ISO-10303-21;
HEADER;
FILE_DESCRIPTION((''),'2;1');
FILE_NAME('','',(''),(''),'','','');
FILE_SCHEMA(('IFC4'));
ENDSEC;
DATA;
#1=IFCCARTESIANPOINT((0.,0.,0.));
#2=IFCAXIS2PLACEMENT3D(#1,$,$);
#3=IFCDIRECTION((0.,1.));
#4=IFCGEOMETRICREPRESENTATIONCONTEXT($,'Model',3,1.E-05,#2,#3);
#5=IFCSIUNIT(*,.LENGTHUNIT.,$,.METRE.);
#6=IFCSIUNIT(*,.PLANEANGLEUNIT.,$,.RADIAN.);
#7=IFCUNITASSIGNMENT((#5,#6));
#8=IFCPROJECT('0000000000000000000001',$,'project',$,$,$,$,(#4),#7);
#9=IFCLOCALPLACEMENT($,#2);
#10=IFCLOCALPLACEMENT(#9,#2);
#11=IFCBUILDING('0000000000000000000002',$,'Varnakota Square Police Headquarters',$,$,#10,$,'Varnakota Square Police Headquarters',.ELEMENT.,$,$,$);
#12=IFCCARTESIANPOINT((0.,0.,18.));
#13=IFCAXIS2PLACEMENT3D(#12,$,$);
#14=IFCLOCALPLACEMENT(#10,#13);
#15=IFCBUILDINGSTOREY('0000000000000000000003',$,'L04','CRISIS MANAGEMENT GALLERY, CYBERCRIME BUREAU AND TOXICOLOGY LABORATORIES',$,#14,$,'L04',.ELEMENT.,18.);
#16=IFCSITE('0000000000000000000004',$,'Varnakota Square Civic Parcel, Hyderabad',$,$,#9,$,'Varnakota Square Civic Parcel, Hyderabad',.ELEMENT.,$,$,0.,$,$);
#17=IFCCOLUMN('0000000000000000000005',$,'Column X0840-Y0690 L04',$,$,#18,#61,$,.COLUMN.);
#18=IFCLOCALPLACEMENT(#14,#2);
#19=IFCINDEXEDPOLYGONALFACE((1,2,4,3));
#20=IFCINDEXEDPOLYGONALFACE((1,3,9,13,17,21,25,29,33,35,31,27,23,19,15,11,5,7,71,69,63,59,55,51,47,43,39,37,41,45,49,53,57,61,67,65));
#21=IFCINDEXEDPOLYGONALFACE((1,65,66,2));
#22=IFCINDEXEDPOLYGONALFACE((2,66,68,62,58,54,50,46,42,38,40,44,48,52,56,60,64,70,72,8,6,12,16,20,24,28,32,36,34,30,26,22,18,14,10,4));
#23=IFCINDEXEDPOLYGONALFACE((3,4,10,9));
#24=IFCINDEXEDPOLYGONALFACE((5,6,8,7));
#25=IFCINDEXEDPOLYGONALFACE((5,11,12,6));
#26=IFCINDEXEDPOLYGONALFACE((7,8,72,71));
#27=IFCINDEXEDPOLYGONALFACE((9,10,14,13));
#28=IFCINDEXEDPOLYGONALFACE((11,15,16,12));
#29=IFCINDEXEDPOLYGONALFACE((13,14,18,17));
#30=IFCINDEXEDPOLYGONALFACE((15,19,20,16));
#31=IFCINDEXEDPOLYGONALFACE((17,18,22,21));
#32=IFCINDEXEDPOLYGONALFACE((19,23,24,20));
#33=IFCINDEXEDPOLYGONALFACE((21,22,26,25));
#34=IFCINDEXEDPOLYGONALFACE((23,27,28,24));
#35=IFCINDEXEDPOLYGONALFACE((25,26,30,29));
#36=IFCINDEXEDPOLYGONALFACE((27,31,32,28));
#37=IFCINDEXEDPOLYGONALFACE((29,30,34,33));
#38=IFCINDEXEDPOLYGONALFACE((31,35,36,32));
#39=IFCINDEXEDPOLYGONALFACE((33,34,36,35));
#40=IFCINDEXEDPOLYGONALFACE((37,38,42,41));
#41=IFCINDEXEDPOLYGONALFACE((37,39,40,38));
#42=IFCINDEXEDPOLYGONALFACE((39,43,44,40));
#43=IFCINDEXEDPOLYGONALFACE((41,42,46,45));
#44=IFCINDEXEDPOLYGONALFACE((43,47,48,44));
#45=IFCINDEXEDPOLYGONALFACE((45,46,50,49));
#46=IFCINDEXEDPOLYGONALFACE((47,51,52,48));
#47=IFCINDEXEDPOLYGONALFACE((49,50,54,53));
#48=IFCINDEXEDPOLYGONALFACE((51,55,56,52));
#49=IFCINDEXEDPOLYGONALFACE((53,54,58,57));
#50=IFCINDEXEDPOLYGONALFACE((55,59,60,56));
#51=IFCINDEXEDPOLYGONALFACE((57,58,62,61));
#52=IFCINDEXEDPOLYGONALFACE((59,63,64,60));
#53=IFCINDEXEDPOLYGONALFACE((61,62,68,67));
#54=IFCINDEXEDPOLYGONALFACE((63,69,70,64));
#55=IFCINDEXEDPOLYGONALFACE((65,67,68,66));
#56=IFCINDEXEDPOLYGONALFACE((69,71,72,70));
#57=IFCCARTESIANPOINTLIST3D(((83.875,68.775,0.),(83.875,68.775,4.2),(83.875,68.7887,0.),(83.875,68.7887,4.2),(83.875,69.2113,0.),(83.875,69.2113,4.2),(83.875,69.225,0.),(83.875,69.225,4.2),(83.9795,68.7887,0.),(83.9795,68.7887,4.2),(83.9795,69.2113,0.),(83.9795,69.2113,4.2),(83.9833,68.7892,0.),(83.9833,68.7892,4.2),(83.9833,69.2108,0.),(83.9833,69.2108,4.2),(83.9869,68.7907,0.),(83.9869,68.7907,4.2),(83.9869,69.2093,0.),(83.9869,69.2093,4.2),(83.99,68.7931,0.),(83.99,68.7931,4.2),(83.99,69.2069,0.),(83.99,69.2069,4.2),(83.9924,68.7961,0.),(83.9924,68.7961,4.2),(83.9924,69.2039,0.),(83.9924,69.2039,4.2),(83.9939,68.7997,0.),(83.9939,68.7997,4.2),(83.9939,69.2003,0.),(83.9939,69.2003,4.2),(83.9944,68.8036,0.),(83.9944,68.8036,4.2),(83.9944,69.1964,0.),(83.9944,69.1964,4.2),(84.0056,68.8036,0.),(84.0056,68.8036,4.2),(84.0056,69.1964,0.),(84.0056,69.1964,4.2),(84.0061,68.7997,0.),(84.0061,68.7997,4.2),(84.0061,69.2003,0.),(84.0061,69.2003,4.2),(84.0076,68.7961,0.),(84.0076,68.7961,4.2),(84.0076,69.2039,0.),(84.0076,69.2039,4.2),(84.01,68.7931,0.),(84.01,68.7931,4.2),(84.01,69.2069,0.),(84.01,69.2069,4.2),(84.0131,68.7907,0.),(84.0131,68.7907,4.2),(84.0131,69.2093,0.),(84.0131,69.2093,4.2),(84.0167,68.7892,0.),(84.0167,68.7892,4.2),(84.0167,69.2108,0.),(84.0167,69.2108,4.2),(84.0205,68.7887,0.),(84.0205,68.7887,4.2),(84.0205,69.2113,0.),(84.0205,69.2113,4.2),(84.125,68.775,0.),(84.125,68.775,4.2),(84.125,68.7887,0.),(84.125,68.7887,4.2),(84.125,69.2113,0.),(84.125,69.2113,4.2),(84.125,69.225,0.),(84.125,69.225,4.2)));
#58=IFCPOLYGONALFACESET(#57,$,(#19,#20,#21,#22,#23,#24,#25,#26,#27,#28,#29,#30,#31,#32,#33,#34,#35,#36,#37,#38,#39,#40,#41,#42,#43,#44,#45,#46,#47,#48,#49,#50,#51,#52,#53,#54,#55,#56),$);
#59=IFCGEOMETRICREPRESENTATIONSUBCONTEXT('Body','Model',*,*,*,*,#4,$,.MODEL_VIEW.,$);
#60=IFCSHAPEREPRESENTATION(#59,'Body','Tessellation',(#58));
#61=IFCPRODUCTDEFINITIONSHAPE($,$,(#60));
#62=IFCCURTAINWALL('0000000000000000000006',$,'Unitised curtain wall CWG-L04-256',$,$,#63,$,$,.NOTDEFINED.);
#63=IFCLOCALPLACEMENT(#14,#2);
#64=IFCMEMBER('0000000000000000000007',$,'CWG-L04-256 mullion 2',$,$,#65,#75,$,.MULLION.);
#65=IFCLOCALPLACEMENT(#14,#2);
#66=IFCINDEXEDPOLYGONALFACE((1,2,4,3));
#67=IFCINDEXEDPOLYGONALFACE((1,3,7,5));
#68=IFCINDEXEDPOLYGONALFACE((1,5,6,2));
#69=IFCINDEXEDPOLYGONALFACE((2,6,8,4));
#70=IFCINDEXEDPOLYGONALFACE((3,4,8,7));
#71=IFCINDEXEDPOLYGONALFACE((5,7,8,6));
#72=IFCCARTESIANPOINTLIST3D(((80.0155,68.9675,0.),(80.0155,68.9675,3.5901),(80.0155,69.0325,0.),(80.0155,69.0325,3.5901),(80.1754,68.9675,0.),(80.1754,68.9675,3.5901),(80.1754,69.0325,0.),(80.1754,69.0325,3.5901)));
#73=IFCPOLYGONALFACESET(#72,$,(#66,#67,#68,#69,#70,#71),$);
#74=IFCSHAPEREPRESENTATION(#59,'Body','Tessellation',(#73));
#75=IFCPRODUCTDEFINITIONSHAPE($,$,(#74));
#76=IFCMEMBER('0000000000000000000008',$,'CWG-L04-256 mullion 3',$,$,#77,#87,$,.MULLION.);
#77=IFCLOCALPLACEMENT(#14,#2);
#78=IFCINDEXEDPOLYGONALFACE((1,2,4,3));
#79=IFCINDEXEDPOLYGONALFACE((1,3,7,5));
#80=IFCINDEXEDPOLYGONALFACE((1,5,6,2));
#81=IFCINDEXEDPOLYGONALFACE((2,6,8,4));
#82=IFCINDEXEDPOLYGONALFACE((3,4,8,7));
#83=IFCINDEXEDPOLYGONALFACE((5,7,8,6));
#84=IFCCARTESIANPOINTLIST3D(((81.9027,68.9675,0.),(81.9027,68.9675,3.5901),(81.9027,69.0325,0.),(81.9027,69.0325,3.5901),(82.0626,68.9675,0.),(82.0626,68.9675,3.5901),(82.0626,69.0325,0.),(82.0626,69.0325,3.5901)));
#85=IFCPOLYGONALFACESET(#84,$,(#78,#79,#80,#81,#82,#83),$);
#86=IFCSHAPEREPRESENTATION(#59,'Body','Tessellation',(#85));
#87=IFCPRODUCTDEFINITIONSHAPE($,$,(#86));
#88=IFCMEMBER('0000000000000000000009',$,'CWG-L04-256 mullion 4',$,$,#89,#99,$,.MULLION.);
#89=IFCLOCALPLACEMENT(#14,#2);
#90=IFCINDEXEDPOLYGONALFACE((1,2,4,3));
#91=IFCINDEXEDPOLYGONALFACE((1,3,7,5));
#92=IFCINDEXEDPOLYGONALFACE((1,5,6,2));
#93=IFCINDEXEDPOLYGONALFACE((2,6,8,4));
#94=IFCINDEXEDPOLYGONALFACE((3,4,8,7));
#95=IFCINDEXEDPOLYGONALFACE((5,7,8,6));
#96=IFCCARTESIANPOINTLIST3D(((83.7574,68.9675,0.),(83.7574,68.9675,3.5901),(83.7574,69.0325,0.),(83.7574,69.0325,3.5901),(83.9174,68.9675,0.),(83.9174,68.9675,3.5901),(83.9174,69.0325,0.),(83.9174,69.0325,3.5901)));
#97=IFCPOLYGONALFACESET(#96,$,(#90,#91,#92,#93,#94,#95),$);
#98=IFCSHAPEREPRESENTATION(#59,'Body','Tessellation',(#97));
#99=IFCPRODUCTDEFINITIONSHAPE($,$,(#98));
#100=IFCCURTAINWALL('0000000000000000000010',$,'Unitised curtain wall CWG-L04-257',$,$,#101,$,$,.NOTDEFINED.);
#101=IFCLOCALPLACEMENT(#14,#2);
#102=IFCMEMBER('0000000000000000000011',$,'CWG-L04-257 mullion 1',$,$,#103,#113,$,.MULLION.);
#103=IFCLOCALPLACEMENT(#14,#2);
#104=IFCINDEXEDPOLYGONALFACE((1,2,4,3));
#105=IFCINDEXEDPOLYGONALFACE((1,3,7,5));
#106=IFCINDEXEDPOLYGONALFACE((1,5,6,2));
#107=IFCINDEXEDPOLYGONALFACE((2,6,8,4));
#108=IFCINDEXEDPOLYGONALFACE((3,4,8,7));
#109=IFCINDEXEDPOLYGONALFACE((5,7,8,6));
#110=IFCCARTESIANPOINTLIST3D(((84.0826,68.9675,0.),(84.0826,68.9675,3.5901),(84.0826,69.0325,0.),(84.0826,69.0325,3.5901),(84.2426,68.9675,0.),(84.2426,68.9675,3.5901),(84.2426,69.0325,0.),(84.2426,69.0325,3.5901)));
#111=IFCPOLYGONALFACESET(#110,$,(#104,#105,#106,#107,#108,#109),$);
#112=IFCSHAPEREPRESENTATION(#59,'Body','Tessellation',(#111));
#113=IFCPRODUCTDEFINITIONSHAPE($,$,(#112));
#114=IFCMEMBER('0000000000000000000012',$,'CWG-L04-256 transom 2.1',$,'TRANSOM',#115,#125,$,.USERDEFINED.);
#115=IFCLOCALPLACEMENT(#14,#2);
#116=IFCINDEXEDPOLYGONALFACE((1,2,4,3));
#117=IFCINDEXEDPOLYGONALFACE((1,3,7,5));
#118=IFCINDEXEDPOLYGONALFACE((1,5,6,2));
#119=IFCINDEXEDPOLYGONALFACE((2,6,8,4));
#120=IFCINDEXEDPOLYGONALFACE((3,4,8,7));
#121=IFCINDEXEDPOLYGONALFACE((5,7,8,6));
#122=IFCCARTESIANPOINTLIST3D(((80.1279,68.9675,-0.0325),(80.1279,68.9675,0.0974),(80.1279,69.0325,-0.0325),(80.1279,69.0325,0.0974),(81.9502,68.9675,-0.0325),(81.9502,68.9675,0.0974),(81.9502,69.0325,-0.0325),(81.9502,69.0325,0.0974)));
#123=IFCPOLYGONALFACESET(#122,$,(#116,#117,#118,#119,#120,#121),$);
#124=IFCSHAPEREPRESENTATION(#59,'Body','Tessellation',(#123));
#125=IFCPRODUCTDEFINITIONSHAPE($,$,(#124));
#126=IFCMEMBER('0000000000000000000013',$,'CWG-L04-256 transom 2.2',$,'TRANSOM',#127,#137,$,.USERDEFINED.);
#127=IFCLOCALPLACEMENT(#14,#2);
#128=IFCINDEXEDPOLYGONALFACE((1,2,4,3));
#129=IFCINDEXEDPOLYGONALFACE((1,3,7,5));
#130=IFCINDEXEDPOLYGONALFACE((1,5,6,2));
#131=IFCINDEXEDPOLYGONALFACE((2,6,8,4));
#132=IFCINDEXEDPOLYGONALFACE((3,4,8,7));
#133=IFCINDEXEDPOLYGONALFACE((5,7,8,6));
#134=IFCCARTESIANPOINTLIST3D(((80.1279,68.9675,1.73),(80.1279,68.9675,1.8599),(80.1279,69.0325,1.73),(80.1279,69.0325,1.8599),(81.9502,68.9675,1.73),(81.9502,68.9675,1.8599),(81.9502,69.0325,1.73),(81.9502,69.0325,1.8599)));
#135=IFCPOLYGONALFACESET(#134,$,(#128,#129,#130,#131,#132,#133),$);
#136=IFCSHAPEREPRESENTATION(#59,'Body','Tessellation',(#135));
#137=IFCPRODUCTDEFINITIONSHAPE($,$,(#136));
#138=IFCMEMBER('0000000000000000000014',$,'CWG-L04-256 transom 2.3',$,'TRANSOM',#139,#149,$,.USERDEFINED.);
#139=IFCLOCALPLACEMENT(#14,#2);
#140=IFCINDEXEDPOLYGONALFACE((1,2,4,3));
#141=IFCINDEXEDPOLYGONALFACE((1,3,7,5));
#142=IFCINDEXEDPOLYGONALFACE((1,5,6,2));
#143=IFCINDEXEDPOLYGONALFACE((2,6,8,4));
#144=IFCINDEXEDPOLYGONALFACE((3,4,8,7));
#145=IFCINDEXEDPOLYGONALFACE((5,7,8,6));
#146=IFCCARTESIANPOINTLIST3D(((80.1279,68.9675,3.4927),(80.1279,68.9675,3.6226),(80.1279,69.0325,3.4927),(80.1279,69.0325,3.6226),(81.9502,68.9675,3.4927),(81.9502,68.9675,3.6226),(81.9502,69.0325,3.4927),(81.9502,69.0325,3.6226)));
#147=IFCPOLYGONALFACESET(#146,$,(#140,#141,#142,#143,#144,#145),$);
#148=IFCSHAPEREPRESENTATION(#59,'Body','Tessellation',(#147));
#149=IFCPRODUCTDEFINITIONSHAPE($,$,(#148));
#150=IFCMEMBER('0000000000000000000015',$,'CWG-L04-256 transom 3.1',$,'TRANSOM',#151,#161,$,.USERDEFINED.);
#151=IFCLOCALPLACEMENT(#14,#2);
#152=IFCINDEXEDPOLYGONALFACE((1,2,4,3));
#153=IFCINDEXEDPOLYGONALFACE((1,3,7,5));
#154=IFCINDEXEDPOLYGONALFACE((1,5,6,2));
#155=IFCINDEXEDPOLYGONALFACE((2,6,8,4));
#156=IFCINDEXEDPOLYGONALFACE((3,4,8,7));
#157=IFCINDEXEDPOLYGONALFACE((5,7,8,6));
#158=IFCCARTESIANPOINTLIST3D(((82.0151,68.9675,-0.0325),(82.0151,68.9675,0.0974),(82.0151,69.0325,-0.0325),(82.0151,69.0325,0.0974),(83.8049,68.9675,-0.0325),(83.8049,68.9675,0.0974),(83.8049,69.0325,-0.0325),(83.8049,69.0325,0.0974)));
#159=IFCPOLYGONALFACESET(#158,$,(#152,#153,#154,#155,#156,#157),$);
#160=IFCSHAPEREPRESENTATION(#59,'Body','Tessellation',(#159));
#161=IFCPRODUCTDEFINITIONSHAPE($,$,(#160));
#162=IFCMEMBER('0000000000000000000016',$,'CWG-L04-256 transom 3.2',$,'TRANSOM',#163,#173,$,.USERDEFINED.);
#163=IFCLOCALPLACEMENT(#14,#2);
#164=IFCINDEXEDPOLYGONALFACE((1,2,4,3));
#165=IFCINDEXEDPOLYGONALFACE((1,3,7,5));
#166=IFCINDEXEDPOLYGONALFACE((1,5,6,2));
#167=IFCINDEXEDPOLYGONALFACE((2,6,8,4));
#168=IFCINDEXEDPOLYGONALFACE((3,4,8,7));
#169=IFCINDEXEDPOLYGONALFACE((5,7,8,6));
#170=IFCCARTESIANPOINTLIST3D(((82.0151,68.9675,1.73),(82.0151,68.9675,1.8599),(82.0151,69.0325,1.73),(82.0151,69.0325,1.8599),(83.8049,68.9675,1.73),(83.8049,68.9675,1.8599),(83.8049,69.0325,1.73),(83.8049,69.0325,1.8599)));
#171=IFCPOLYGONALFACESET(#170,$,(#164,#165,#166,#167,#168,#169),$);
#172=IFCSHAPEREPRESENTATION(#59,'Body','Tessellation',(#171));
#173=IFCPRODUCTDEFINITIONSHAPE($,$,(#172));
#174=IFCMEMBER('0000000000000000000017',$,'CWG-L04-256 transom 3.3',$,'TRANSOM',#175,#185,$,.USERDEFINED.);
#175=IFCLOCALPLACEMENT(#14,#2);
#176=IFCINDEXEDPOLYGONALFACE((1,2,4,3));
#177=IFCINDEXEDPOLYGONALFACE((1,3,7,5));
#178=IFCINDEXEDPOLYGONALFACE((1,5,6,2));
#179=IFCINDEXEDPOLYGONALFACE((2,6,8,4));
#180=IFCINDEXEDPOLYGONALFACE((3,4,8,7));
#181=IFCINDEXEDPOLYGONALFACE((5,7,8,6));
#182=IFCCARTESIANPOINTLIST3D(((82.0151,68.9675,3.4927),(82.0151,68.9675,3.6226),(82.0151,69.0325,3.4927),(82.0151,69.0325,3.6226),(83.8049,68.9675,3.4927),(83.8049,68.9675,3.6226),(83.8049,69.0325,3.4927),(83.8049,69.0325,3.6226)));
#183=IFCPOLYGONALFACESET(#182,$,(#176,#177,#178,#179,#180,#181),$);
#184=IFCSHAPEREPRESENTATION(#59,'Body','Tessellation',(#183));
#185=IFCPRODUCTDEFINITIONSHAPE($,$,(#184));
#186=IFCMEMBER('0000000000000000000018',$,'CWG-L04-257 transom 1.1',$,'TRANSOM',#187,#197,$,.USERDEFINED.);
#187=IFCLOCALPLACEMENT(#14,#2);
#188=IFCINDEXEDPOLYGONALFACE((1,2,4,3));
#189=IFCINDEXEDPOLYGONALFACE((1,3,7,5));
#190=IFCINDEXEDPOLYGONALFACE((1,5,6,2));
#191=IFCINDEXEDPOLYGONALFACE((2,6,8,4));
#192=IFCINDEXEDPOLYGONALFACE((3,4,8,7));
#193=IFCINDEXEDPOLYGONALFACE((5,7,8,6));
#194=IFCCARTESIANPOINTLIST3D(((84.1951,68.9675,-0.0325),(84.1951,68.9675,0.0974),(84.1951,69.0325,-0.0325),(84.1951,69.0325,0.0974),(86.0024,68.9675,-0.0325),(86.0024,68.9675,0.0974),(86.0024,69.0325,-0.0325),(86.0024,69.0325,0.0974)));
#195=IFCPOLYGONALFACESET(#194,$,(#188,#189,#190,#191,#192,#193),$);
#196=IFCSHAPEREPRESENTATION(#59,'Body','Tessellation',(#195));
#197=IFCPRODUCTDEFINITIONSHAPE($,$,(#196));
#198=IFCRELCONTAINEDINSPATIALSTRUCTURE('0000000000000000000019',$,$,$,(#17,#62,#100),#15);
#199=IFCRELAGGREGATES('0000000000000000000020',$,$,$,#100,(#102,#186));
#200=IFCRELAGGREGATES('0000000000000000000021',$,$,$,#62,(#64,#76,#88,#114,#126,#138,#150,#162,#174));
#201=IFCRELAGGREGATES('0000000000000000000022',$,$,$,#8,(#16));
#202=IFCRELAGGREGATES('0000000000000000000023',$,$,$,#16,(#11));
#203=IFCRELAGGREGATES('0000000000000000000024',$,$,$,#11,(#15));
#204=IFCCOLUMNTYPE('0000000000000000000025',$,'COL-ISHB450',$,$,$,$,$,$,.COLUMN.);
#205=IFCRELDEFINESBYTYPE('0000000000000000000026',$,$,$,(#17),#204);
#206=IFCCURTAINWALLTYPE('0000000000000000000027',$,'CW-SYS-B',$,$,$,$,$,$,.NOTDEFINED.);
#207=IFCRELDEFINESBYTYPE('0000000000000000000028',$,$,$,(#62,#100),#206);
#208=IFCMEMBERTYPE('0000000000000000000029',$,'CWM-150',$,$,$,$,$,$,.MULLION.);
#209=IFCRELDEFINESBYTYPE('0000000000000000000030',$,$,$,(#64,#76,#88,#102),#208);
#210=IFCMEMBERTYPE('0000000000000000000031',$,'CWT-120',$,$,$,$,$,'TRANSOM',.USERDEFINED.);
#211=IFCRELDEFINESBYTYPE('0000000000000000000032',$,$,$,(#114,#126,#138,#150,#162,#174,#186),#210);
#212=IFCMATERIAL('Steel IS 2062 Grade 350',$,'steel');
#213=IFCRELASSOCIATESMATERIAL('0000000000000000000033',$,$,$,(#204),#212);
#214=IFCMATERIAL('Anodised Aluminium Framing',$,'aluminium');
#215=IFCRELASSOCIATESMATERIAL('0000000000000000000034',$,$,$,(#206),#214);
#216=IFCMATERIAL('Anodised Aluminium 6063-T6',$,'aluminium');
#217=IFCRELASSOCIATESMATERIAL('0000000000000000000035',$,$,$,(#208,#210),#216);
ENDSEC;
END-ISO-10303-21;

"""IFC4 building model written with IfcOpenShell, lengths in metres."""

from ifc_helpers import new_model, si_unit, direction, frame, origin, origin_2d, place, context, subcontext, project, spatial, rectangle, i_section, extrude, material, material_profile, profile_set, type_object, element, aggregate, save


model = new_model("IFC4")

# Units and contexts
model_context = context("Model", 3, precision=1e-05, world=origin(), true_north=direction((0.0, 1.0)))
body_context = subcontext(model_context, "Body", "Model", "MODEL_VIEW")
ifc_project = project(units=[si_unit("LENGTHUNIT", "METRE"), si_unit("PLANEANGLEUNIT", "RADIAN")], contexts=[model_context])

# Site, building, storey
site_placement = place(None, origin())
site = spatial("IfcSite", under=ifc_project, at=site_placement, Name="Varnakota Square Civic Parcel, Hyderabad", LongName="Varnakota Square Civic Parcel, Hyderabad", CompositionType="ELEMENT", RefElevation=0.0)
building_placement = place(site_placement, origin())
building = spatial("IfcBuilding", under=site, at=building_placement, Name="Varnakota Square Police Headquarters", LongName="Varnakota Square Police Headquarters", CompositionType="ELEMENT")
storey_placement = place(building_placement, frame((0.0, 0.0, 18.0)))
storey = spatial("IfcBuildingStorey", under=building, at=storey_placement, Name="L04", Description="CRISIS MANAGEMENT GALLERY, CYBERCRIME BUREAU AND TOXICOLOGY LABORATORIES", LongName="L04", CompositionType="ELEMENT", Elevation=18.0)

# Column
ifc_material_1 = material(Name="Steel IS 2062 Grade 350", Category="steel")
ifc_material_profile_1 = material_profile(ifc_material_1, i_section(OverallWidth=0.25, OverallDepth=0.45, WebThickness=0.0112, FlangeThickness=0.0137, FilletRadius=0.0149, at=origin_2d()), Name="ISHB 450")
ifc_profile_set_1 = profile_set([ifc_material_profile_1], Name="Steel IS 2062 Grade 350")
column_type = type_object("IfcColumnType", Name="COL-ISHB450", PredefinedType="COLUMN", material=ifc_profile_set_1)
column_placement = place(storey_placement, frame((84.0, 69.0, 0.0), z_axis=(0.0, 0.0, 1.0), x_axis=(1.0, 0.0, 0.0)))
element("IfcColumn", 1, at=column_placement, inside=storey, type_object=column_type, Name="Column X0840-Y0690 L04", PredefinedType="COLUMN", context=body_context, shape_type="SweptSolid", body=[
    extrude(i_section(OverallWidth=0.25, OverallDepth=0.45, WebThickness=0.0112, FlangeThickness=0.0137, FilletRadius=0.0149, at=origin_2d()), origin(), (0.0, 0.0, 1.0), 4.2),
])

# Curtain wall, members
ifc_material_2 = material(Name="Anodised Aluminium Framing", Category="aluminium")
curtain_wall_type = type_object("IfcCurtainWallType", Name="CW-SYS-B", PredefinedType="NOTDEFINED", material=ifc_material_2)
curtain_wall_1_placement = place(storey_placement, origin())
curtain_wall_1 = element("IfcCurtainWall", 2, at=curtain_wall_1_placement, inside=storey, type_object=curtain_wall_type, Name="Unitised curtain wall CWG-L04-256", PredefinedType="NOTDEFINED")
ifc_material_3 = material(Name="Anodised Aluminium 6063-T6", Category="aluminium")
ifc_material_profile_2 = material_profile(ifc_material_3, rectangle(XDim=0.0649, YDim=0.1599, at=origin_2d()), Name="ALU MULLION 65x160")
ifc_profile_set_2 = profile_set([ifc_material_profile_2], Name="Anodised Aluminium 6063-T6")
member_type_1 = type_object("IfcMemberType", Name="CWM-150", PredefinedType="MULLION", material=ifc_profile_set_2)
member_1_placement = place(storey_placement, frame((80.0955, 69.0, 0.0), z_axis=(0.0, 0.0, 1.0), x_axis=(0.0, 1.0, 0.0)))
member_1 = element("IfcMember", 3, at=member_1_placement, type_object=member_type_1, Name="CWG-L04-256 mullion 2", PredefinedType="MULLION", context=body_context, shape_type="SweptSolid", body=[
    extrude(rectangle(XDim=0.0649, YDim=0.1599, at=origin_2d()), origin(), (0.0, 0.0, 1.0), 3.5901),
])
member_2_placement = place(storey_placement, frame((81.9827, 69.0, 0.0), z_axis=(0.0, 0.0, 1.0), x_axis=(0.0, 1.0, 0.0)))
member_2 = element("IfcMember", 4, at=member_2_placement, type_object=member_type_1, Name="CWG-L04-256 mullion 3", PredefinedType="MULLION", context=body_context, shape_type="SweptSolid", body=[
    extrude(rectangle(XDim=0.0649, YDim=0.1599, at=origin_2d()), origin(), (0.0, 0.0, 1.0), 3.5901),
])
member_3_placement = place(storey_placement, frame((83.8374, 69.0, 0.0), z_axis=(0.0, 0.0, 1.0), x_axis=(0.0, 1.0, 0.0)))
member_3 = element("IfcMember", 5, at=member_3_placement, type_object=member_type_1, Name="CWG-L04-256 mullion 4", PredefinedType="MULLION", context=body_context, shape_type="SweptSolid", body=[
    extrude(rectangle(XDim=0.0649, YDim=0.1599, at=origin_2d()), origin(), (0.0, 0.0, 1.0), 3.5901),
])

# Curtain wall, member
curtain_wall_2_placement = place(storey_placement, origin())
curtain_wall_2 = element("IfcCurtainWall", 6, at=curtain_wall_2_placement, inside=storey, type_object=curtain_wall_type, Name="Unitised curtain wall CWG-L04-257", PredefinedType="NOTDEFINED")
member_4_placement = place(storey_placement, frame((84.1626, 69.0, 0.0), z_axis=(0.0, 0.0, 1.0), x_axis=(0.0, 1.0, 0.0)))
member_4 = element("IfcMember", 7, at=member_4_placement, type_object=member_type_1, Name="CWG-L04-257 mullion 1", PredefinedType="MULLION", context=body_context, shape_type="SweptSolid", body=[
    extrude(rectangle(XDim=0.0649, YDim=0.1599, at=origin_2d()), origin(), (0.0, 0.0, 1.0), 3.5901),
])

# Members
ifc_material_profile_3 = material_profile(ifc_material_3, rectangle(XDim=0.0649, YDim=0.1299, at=origin_2d()), Name="ALU TRANSOM 65x130")
ifc_profile_set_3 = profile_set([ifc_material_profile_3], Name="Anodised Aluminium 6063-T6")
member_type_2 = type_object("IfcMemberType", Name="CWT-120", ElementType="TRANSOM", PredefinedType="USERDEFINED", material=ifc_profile_set_3)
member_5_placement = place(storey_placement, frame((80.1279, 69.0, 0.0325), z_axis=(1.0, 0.0, 0.0), x_axis=(0.0, 1.0, 0.0)))
member_5 = element("IfcMember", 8, at=member_5_placement, type_object=member_type_2, Name="CWG-L04-256 transom 2.1", ObjectType="TRANSOM", PredefinedType="USERDEFINED", context=body_context, shape_type="SweptSolid", body=[
    extrude(rectangle(XDim=0.0649, YDim=0.1299, at=origin_2d()), origin(), (0.0, 0.0, 1.0), 1.8223),
])
member_6_placement = place(storey_placement, frame((80.1279, 69.0, 1.7949), z_axis=(1.0, 0.0, 0.0), x_axis=(0.0, 1.0, 0.0)))
member_6 = element("IfcMember", 9, at=member_6_placement, type_object=member_type_2, Name="CWG-L04-256 transom 2.2", ObjectType="TRANSOM", PredefinedType="USERDEFINED", context=body_context, shape_type="SweptSolid", body=[
    extrude(rectangle(XDim=0.0649, YDim=0.1299, at=origin_2d()), origin(), (0.0, 0.0, 1.0), 1.8223),
])
member_7_placement = place(storey_placement, frame((80.1279, 69.0, 3.5576), z_axis=(1.0, 0.0, 0.0), x_axis=(0.0, 1.0, 0.0)))
member_7 = element("IfcMember", 10, at=member_7_placement, type_object=member_type_2, Name="CWG-L04-256 transom 2.3", ObjectType="TRANSOM", PredefinedType="USERDEFINED", context=body_context, shape_type="SweptSolid", body=[
    extrude(rectangle(XDim=0.0649, YDim=0.1299, at=origin_2d()), origin(), (0.0, 0.0, 1.0), 1.8223),
])
member_8_placement = place(storey_placement, frame((82.0151, 69.0, 0.0325), z_axis=(1.0, 0.0, 0.0), x_axis=(0.0, 1.0, 0.0)))
member_8 = element("IfcMember", 11, at=member_8_placement, type_object=member_type_2, Name="CWG-L04-256 transom 3.1", ObjectType="TRANSOM", PredefinedType="USERDEFINED", context=body_context, shape_type="SweptSolid", body=[
    extrude(rectangle(XDim=0.0649, YDim=0.1299, at=origin_2d()), origin(), (0.0, 0.0, 1.0), 1.7898),
])
member_9_placement = place(storey_placement, frame((82.0151, 69.0, 1.7949), z_axis=(1.0, 0.0, 0.0), x_axis=(0.0, 1.0, 0.0)))
member_9 = element("IfcMember", 12, at=member_9_placement, type_object=member_type_2, Name="CWG-L04-256 transom 3.2", ObjectType="TRANSOM", PredefinedType="USERDEFINED", context=body_context, shape_type="SweptSolid", body=[
    extrude(rectangle(XDim=0.0649, YDim=0.1299, at=origin_2d()), origin(), (0.0, 0.0, 1.0), 1.7898),
])
member_10_placement = place(storey_placement, frame((82.0151, 69.0, 3.5576), z_axis=(1.0, 0.0, 0.0), x_axis=(0.0, 1.0, 0.0)))
member_10 = element("IfcMember", 13, at=member_10_placement, type_object=member_type_2, Name="CWG-L04-256 transom 3.3", ObjectType="TRANSOM", PredefinedType="USERDEFINED", context=body_context, shape_type="SweptSolid", body=[
    extrude(rectangle(XDim=0.0649, YDim=0.1299, at=origin_2d()), origin(), (0.0, 0.0, 1.0), 1.7898),
])
member_11_placement = place(storey_placement, frame((84.1951, 69.0, 0.0325), z_axis=(1.0, 0.0, 0.0), x_axis=(0.0, 1.0, 0.0)))
member_11 = element("IfcMember", 14, at=member_11_placement, type_object=member_type_2, Name="CWG-L04-257 transom 1.1", ObjectType="TRANSOM", PredefinedType="USERDEFINED", context=body_context, shape_type="SweptSolid", body=[
    extrude(rectangle(XDim=0.0649, YDim=0.1299, at=origin_2d()), origin(), (0.0, 0.0, 1.0), 1.8074),
])

aggregate(curtain_wall_2, [member_4, member_11])
aggregate(curtain_wall_1, [member_1, member_2, member_3, member_5, member_6, member_7, member_8, member_9, member_10])

save(model, "model.ifc")
